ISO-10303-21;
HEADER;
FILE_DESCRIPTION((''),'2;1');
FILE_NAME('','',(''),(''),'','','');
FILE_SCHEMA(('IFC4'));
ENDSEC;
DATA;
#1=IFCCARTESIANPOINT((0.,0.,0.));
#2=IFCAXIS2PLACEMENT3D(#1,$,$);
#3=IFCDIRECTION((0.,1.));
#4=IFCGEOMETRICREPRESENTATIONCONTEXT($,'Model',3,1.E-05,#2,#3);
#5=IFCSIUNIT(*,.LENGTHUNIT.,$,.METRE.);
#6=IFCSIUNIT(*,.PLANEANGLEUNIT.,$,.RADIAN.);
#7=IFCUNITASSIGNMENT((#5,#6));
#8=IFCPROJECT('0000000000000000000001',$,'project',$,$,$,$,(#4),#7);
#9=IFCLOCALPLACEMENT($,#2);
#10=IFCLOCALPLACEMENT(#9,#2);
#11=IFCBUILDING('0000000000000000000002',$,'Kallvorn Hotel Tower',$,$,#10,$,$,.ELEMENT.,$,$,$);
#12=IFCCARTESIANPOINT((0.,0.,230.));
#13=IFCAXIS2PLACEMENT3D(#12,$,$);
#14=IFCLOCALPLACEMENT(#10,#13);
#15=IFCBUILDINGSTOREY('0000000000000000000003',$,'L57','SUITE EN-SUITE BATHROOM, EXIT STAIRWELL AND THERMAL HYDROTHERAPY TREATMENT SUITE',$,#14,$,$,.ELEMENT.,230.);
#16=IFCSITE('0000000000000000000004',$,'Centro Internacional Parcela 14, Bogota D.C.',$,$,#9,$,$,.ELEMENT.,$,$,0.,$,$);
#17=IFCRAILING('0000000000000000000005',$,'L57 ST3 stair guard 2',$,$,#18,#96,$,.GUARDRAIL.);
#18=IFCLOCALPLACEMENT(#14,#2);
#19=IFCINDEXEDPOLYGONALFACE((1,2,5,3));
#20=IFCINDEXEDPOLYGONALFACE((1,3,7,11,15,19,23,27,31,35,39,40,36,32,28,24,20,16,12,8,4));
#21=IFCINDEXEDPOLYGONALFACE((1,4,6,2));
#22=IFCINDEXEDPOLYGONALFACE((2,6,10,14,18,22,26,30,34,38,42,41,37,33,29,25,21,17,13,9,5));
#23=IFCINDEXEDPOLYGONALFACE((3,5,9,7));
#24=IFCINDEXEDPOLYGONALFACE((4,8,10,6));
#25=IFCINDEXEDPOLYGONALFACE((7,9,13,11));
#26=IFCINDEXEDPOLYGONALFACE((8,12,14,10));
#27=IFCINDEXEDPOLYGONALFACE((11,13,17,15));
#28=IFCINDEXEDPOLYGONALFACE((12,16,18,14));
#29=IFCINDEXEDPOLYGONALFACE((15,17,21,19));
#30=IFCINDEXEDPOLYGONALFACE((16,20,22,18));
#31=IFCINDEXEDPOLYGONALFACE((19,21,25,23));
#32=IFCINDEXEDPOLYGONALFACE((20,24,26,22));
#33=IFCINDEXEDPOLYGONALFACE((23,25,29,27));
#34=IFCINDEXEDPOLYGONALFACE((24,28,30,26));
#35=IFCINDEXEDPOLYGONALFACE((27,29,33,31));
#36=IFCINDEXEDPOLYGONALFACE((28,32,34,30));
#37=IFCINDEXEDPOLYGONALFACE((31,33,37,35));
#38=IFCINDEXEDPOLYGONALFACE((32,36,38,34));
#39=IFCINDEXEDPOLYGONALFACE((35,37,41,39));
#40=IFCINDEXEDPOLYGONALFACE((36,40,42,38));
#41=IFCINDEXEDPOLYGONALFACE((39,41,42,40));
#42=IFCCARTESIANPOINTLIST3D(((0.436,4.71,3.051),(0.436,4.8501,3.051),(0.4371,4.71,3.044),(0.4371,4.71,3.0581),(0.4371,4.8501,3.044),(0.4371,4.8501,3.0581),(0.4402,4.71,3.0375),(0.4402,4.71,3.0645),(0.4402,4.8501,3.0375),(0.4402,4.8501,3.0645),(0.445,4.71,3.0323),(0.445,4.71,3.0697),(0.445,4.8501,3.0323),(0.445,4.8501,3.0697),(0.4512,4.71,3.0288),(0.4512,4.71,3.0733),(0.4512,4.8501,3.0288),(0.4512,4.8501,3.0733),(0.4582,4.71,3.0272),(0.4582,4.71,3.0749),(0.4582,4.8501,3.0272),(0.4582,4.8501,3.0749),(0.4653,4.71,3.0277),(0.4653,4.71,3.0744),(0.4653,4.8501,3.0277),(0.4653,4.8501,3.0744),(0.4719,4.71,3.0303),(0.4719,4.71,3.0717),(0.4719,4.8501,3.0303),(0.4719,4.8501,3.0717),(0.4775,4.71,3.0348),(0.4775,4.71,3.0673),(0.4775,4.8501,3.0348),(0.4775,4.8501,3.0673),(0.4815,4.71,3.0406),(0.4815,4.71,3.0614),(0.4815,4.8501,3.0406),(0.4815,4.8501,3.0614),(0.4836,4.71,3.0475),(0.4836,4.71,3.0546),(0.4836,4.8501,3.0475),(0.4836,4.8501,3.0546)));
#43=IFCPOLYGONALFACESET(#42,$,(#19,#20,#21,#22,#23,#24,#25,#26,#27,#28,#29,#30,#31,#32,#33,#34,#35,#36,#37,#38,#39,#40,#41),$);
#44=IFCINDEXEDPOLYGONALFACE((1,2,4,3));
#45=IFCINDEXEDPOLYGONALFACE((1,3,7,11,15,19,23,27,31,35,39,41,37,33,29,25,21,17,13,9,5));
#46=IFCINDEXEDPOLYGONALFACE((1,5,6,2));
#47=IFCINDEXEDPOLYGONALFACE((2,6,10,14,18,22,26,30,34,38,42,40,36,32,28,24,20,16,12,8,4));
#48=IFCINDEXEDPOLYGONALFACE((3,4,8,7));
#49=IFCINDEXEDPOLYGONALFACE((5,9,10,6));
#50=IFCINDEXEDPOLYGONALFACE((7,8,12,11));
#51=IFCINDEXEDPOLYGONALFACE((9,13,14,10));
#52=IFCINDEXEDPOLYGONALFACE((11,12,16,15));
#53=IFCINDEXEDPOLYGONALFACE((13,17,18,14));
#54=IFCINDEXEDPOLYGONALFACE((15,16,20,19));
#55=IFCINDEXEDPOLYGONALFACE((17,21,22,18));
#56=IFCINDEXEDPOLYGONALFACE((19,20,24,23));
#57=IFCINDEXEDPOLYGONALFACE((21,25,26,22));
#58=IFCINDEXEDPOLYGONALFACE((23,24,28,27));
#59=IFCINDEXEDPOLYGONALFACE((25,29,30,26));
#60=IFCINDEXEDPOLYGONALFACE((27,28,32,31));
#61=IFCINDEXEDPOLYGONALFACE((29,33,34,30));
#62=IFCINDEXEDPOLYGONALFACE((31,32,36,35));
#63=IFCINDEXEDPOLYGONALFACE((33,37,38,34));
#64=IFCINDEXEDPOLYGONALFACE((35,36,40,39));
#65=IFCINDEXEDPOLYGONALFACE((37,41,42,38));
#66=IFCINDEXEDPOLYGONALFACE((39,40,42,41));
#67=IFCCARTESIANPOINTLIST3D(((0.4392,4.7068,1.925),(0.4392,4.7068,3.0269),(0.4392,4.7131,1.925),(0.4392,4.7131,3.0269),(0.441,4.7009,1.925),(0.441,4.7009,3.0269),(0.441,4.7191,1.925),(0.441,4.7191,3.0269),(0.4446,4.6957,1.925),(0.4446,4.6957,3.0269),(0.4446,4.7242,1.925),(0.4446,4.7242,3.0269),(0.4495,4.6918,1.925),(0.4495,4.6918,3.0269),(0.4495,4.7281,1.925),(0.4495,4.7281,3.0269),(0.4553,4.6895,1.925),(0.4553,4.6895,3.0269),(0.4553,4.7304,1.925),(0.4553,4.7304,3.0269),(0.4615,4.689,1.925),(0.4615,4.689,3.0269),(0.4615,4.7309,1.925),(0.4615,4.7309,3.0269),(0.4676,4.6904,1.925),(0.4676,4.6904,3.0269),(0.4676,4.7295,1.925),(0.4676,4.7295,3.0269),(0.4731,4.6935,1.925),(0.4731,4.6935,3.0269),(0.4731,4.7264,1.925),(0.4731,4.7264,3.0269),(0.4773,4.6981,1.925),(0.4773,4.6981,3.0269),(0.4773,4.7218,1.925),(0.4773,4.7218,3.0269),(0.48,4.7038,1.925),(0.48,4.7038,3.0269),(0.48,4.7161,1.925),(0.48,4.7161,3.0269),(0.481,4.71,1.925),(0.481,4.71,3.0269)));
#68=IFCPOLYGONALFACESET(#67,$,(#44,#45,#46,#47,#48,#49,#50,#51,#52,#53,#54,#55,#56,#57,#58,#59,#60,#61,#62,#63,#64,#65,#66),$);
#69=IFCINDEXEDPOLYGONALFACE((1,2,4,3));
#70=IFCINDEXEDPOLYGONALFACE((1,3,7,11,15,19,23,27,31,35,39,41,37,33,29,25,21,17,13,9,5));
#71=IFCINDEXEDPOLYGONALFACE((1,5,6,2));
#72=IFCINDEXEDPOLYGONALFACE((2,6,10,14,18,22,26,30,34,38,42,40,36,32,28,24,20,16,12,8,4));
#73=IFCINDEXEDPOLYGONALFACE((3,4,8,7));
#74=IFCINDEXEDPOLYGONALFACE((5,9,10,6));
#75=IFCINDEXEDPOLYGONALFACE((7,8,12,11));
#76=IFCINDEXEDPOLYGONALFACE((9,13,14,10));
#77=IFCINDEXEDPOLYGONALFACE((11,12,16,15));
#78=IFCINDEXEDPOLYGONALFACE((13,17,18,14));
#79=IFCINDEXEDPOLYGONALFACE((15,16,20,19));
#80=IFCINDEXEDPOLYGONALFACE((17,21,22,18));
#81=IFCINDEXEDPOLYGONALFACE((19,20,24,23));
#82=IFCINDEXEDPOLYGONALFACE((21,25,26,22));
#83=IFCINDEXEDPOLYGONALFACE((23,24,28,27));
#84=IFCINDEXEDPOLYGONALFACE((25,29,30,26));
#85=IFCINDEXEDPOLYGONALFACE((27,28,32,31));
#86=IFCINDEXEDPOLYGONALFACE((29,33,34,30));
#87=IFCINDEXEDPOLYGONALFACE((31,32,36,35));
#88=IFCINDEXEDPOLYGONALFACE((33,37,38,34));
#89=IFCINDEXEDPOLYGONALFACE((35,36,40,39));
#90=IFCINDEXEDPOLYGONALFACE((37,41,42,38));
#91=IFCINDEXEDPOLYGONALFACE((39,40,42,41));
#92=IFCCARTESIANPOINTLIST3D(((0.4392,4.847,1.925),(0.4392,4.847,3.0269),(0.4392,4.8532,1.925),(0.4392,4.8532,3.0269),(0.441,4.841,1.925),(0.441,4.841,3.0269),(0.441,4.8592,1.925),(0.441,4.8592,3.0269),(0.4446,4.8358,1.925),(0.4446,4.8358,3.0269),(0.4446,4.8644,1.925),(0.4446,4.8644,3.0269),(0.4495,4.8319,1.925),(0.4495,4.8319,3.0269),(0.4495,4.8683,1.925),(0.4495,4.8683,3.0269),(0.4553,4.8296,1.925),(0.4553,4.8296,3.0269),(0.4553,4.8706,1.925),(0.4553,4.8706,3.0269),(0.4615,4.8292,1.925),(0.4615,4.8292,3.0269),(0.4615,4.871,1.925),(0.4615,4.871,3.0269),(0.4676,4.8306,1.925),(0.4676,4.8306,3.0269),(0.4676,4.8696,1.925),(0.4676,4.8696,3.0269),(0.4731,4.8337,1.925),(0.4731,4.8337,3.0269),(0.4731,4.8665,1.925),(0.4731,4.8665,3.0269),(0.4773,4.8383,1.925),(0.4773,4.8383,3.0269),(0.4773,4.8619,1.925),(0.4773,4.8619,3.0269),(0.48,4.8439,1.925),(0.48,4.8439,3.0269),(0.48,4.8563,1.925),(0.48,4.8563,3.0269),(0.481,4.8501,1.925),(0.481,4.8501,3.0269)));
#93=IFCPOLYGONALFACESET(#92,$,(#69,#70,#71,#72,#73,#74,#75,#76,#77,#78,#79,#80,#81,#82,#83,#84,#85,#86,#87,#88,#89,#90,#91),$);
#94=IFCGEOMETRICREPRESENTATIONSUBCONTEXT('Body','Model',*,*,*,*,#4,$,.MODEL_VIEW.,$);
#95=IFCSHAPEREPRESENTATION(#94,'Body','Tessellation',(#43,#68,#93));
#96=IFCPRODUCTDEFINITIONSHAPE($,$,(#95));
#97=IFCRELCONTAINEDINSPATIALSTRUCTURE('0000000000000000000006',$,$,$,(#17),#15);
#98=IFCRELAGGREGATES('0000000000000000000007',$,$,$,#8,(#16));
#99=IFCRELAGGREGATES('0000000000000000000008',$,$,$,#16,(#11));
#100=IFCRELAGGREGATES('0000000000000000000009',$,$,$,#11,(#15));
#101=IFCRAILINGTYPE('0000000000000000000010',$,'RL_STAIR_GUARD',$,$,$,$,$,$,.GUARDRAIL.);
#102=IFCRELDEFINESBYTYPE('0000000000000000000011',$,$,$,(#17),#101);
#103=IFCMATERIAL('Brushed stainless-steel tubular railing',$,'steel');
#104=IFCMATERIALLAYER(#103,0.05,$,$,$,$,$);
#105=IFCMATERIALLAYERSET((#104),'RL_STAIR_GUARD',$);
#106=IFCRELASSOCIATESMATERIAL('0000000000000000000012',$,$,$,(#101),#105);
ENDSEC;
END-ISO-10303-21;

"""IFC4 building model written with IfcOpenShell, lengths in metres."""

from ifc_helpers import new_model, si_unit, direction, frame, origin, origin_2d, place, context, subcontext, project, spatial, circle, extrude, material, layer, layer_set, type_object, element, save


model = new_model("IFC4")

# Units and contexts
model_context = context("Model", 3, precision=1e-05, world=origin(), true_north=direction((0.0, 1.0)))
body_context = subcontext(model_context, "Body", "Model", "MODEL_VIEW")
ifc_project = project(units=[si_unit("LENGTHUNIT", "METRE"), si_unit("PLANEANGLEUNIT", "RADIAN")], contexts=[model_context])

# Site, building, storey
site_placement = place(None, origin())
site = spatial("IfcSite", under=ifc_project, at=site_placement, Name="Centro Internacional Parcela 14, Bogota D.C.", CompositionType="ELEMENT", RefElevation=0.0)
building_placement = place(site_placement, origin())
building = spatial("IfcBuilding", under=site, at=building_placement, Name="Kallvorn Hotel Tower", CompositionType="ELEMENT")
storey_placement = place(building_placement, frame((0.0, 0.0, 230.0)))
storey = spatial("IfcBuildingStorey", under=building, at=storey_placement, Name="L57", Description="SUITE EN-SUITE BATHROOM, EXIT STAIRWELL AND THERMAL HYDROTHERAPY TREATMENT SUITE", CompositionType="ELEMENT", Elevation=230.0)

# Railing
ifc_material_1 = material(Name="Brushed stainless-steel tubular railing", Category="steel")
ifc_layer_1 = layer(ifc_material_1, 0.05)
ifc_layer_set_1 = layer_set([ifc_layer_1], Name="RL_STAIR_GUARD")
railing_type_1 = type_object("IfcRailingType", Name="RL_STAIR_GUARD", PredefinedType="GUARDRAIL", material=ifc_layer_set_1)
railing_1_placement = place(storey_placement, frame((0.46, 4.71, 1.925)))
element("IfcRailing", 1, at=railing_1_placement, inside=storey, type_object=railing_type_1, Name="L57 ST3 stair guard 2", PredefinedType="GUARDRAIL", context=body_context, shape_type="SweptSolid", body=[
    extrude(circle(Radius=0.0239, at=origin_2d()), frame((0.0, 0.0, 1.126), z_axis=(0.0, 1.0, 0.0), x_axis=(-1.0, 0.0, 0.0)), (0.0, 0.0, 1.0), 0.1401),
    extrude(circle(Radius=0.021, at=origin_2d()), origin(), (0.0, 0.0, 1.0), 1.1018),
    extrude(circle(Radius=0.021, at=origin_2d()), frame((0.0, 0.1401, 0.0)), (0.0, 0.0, 1.0), 1.1018),
])

save(model, "model.ifc")
